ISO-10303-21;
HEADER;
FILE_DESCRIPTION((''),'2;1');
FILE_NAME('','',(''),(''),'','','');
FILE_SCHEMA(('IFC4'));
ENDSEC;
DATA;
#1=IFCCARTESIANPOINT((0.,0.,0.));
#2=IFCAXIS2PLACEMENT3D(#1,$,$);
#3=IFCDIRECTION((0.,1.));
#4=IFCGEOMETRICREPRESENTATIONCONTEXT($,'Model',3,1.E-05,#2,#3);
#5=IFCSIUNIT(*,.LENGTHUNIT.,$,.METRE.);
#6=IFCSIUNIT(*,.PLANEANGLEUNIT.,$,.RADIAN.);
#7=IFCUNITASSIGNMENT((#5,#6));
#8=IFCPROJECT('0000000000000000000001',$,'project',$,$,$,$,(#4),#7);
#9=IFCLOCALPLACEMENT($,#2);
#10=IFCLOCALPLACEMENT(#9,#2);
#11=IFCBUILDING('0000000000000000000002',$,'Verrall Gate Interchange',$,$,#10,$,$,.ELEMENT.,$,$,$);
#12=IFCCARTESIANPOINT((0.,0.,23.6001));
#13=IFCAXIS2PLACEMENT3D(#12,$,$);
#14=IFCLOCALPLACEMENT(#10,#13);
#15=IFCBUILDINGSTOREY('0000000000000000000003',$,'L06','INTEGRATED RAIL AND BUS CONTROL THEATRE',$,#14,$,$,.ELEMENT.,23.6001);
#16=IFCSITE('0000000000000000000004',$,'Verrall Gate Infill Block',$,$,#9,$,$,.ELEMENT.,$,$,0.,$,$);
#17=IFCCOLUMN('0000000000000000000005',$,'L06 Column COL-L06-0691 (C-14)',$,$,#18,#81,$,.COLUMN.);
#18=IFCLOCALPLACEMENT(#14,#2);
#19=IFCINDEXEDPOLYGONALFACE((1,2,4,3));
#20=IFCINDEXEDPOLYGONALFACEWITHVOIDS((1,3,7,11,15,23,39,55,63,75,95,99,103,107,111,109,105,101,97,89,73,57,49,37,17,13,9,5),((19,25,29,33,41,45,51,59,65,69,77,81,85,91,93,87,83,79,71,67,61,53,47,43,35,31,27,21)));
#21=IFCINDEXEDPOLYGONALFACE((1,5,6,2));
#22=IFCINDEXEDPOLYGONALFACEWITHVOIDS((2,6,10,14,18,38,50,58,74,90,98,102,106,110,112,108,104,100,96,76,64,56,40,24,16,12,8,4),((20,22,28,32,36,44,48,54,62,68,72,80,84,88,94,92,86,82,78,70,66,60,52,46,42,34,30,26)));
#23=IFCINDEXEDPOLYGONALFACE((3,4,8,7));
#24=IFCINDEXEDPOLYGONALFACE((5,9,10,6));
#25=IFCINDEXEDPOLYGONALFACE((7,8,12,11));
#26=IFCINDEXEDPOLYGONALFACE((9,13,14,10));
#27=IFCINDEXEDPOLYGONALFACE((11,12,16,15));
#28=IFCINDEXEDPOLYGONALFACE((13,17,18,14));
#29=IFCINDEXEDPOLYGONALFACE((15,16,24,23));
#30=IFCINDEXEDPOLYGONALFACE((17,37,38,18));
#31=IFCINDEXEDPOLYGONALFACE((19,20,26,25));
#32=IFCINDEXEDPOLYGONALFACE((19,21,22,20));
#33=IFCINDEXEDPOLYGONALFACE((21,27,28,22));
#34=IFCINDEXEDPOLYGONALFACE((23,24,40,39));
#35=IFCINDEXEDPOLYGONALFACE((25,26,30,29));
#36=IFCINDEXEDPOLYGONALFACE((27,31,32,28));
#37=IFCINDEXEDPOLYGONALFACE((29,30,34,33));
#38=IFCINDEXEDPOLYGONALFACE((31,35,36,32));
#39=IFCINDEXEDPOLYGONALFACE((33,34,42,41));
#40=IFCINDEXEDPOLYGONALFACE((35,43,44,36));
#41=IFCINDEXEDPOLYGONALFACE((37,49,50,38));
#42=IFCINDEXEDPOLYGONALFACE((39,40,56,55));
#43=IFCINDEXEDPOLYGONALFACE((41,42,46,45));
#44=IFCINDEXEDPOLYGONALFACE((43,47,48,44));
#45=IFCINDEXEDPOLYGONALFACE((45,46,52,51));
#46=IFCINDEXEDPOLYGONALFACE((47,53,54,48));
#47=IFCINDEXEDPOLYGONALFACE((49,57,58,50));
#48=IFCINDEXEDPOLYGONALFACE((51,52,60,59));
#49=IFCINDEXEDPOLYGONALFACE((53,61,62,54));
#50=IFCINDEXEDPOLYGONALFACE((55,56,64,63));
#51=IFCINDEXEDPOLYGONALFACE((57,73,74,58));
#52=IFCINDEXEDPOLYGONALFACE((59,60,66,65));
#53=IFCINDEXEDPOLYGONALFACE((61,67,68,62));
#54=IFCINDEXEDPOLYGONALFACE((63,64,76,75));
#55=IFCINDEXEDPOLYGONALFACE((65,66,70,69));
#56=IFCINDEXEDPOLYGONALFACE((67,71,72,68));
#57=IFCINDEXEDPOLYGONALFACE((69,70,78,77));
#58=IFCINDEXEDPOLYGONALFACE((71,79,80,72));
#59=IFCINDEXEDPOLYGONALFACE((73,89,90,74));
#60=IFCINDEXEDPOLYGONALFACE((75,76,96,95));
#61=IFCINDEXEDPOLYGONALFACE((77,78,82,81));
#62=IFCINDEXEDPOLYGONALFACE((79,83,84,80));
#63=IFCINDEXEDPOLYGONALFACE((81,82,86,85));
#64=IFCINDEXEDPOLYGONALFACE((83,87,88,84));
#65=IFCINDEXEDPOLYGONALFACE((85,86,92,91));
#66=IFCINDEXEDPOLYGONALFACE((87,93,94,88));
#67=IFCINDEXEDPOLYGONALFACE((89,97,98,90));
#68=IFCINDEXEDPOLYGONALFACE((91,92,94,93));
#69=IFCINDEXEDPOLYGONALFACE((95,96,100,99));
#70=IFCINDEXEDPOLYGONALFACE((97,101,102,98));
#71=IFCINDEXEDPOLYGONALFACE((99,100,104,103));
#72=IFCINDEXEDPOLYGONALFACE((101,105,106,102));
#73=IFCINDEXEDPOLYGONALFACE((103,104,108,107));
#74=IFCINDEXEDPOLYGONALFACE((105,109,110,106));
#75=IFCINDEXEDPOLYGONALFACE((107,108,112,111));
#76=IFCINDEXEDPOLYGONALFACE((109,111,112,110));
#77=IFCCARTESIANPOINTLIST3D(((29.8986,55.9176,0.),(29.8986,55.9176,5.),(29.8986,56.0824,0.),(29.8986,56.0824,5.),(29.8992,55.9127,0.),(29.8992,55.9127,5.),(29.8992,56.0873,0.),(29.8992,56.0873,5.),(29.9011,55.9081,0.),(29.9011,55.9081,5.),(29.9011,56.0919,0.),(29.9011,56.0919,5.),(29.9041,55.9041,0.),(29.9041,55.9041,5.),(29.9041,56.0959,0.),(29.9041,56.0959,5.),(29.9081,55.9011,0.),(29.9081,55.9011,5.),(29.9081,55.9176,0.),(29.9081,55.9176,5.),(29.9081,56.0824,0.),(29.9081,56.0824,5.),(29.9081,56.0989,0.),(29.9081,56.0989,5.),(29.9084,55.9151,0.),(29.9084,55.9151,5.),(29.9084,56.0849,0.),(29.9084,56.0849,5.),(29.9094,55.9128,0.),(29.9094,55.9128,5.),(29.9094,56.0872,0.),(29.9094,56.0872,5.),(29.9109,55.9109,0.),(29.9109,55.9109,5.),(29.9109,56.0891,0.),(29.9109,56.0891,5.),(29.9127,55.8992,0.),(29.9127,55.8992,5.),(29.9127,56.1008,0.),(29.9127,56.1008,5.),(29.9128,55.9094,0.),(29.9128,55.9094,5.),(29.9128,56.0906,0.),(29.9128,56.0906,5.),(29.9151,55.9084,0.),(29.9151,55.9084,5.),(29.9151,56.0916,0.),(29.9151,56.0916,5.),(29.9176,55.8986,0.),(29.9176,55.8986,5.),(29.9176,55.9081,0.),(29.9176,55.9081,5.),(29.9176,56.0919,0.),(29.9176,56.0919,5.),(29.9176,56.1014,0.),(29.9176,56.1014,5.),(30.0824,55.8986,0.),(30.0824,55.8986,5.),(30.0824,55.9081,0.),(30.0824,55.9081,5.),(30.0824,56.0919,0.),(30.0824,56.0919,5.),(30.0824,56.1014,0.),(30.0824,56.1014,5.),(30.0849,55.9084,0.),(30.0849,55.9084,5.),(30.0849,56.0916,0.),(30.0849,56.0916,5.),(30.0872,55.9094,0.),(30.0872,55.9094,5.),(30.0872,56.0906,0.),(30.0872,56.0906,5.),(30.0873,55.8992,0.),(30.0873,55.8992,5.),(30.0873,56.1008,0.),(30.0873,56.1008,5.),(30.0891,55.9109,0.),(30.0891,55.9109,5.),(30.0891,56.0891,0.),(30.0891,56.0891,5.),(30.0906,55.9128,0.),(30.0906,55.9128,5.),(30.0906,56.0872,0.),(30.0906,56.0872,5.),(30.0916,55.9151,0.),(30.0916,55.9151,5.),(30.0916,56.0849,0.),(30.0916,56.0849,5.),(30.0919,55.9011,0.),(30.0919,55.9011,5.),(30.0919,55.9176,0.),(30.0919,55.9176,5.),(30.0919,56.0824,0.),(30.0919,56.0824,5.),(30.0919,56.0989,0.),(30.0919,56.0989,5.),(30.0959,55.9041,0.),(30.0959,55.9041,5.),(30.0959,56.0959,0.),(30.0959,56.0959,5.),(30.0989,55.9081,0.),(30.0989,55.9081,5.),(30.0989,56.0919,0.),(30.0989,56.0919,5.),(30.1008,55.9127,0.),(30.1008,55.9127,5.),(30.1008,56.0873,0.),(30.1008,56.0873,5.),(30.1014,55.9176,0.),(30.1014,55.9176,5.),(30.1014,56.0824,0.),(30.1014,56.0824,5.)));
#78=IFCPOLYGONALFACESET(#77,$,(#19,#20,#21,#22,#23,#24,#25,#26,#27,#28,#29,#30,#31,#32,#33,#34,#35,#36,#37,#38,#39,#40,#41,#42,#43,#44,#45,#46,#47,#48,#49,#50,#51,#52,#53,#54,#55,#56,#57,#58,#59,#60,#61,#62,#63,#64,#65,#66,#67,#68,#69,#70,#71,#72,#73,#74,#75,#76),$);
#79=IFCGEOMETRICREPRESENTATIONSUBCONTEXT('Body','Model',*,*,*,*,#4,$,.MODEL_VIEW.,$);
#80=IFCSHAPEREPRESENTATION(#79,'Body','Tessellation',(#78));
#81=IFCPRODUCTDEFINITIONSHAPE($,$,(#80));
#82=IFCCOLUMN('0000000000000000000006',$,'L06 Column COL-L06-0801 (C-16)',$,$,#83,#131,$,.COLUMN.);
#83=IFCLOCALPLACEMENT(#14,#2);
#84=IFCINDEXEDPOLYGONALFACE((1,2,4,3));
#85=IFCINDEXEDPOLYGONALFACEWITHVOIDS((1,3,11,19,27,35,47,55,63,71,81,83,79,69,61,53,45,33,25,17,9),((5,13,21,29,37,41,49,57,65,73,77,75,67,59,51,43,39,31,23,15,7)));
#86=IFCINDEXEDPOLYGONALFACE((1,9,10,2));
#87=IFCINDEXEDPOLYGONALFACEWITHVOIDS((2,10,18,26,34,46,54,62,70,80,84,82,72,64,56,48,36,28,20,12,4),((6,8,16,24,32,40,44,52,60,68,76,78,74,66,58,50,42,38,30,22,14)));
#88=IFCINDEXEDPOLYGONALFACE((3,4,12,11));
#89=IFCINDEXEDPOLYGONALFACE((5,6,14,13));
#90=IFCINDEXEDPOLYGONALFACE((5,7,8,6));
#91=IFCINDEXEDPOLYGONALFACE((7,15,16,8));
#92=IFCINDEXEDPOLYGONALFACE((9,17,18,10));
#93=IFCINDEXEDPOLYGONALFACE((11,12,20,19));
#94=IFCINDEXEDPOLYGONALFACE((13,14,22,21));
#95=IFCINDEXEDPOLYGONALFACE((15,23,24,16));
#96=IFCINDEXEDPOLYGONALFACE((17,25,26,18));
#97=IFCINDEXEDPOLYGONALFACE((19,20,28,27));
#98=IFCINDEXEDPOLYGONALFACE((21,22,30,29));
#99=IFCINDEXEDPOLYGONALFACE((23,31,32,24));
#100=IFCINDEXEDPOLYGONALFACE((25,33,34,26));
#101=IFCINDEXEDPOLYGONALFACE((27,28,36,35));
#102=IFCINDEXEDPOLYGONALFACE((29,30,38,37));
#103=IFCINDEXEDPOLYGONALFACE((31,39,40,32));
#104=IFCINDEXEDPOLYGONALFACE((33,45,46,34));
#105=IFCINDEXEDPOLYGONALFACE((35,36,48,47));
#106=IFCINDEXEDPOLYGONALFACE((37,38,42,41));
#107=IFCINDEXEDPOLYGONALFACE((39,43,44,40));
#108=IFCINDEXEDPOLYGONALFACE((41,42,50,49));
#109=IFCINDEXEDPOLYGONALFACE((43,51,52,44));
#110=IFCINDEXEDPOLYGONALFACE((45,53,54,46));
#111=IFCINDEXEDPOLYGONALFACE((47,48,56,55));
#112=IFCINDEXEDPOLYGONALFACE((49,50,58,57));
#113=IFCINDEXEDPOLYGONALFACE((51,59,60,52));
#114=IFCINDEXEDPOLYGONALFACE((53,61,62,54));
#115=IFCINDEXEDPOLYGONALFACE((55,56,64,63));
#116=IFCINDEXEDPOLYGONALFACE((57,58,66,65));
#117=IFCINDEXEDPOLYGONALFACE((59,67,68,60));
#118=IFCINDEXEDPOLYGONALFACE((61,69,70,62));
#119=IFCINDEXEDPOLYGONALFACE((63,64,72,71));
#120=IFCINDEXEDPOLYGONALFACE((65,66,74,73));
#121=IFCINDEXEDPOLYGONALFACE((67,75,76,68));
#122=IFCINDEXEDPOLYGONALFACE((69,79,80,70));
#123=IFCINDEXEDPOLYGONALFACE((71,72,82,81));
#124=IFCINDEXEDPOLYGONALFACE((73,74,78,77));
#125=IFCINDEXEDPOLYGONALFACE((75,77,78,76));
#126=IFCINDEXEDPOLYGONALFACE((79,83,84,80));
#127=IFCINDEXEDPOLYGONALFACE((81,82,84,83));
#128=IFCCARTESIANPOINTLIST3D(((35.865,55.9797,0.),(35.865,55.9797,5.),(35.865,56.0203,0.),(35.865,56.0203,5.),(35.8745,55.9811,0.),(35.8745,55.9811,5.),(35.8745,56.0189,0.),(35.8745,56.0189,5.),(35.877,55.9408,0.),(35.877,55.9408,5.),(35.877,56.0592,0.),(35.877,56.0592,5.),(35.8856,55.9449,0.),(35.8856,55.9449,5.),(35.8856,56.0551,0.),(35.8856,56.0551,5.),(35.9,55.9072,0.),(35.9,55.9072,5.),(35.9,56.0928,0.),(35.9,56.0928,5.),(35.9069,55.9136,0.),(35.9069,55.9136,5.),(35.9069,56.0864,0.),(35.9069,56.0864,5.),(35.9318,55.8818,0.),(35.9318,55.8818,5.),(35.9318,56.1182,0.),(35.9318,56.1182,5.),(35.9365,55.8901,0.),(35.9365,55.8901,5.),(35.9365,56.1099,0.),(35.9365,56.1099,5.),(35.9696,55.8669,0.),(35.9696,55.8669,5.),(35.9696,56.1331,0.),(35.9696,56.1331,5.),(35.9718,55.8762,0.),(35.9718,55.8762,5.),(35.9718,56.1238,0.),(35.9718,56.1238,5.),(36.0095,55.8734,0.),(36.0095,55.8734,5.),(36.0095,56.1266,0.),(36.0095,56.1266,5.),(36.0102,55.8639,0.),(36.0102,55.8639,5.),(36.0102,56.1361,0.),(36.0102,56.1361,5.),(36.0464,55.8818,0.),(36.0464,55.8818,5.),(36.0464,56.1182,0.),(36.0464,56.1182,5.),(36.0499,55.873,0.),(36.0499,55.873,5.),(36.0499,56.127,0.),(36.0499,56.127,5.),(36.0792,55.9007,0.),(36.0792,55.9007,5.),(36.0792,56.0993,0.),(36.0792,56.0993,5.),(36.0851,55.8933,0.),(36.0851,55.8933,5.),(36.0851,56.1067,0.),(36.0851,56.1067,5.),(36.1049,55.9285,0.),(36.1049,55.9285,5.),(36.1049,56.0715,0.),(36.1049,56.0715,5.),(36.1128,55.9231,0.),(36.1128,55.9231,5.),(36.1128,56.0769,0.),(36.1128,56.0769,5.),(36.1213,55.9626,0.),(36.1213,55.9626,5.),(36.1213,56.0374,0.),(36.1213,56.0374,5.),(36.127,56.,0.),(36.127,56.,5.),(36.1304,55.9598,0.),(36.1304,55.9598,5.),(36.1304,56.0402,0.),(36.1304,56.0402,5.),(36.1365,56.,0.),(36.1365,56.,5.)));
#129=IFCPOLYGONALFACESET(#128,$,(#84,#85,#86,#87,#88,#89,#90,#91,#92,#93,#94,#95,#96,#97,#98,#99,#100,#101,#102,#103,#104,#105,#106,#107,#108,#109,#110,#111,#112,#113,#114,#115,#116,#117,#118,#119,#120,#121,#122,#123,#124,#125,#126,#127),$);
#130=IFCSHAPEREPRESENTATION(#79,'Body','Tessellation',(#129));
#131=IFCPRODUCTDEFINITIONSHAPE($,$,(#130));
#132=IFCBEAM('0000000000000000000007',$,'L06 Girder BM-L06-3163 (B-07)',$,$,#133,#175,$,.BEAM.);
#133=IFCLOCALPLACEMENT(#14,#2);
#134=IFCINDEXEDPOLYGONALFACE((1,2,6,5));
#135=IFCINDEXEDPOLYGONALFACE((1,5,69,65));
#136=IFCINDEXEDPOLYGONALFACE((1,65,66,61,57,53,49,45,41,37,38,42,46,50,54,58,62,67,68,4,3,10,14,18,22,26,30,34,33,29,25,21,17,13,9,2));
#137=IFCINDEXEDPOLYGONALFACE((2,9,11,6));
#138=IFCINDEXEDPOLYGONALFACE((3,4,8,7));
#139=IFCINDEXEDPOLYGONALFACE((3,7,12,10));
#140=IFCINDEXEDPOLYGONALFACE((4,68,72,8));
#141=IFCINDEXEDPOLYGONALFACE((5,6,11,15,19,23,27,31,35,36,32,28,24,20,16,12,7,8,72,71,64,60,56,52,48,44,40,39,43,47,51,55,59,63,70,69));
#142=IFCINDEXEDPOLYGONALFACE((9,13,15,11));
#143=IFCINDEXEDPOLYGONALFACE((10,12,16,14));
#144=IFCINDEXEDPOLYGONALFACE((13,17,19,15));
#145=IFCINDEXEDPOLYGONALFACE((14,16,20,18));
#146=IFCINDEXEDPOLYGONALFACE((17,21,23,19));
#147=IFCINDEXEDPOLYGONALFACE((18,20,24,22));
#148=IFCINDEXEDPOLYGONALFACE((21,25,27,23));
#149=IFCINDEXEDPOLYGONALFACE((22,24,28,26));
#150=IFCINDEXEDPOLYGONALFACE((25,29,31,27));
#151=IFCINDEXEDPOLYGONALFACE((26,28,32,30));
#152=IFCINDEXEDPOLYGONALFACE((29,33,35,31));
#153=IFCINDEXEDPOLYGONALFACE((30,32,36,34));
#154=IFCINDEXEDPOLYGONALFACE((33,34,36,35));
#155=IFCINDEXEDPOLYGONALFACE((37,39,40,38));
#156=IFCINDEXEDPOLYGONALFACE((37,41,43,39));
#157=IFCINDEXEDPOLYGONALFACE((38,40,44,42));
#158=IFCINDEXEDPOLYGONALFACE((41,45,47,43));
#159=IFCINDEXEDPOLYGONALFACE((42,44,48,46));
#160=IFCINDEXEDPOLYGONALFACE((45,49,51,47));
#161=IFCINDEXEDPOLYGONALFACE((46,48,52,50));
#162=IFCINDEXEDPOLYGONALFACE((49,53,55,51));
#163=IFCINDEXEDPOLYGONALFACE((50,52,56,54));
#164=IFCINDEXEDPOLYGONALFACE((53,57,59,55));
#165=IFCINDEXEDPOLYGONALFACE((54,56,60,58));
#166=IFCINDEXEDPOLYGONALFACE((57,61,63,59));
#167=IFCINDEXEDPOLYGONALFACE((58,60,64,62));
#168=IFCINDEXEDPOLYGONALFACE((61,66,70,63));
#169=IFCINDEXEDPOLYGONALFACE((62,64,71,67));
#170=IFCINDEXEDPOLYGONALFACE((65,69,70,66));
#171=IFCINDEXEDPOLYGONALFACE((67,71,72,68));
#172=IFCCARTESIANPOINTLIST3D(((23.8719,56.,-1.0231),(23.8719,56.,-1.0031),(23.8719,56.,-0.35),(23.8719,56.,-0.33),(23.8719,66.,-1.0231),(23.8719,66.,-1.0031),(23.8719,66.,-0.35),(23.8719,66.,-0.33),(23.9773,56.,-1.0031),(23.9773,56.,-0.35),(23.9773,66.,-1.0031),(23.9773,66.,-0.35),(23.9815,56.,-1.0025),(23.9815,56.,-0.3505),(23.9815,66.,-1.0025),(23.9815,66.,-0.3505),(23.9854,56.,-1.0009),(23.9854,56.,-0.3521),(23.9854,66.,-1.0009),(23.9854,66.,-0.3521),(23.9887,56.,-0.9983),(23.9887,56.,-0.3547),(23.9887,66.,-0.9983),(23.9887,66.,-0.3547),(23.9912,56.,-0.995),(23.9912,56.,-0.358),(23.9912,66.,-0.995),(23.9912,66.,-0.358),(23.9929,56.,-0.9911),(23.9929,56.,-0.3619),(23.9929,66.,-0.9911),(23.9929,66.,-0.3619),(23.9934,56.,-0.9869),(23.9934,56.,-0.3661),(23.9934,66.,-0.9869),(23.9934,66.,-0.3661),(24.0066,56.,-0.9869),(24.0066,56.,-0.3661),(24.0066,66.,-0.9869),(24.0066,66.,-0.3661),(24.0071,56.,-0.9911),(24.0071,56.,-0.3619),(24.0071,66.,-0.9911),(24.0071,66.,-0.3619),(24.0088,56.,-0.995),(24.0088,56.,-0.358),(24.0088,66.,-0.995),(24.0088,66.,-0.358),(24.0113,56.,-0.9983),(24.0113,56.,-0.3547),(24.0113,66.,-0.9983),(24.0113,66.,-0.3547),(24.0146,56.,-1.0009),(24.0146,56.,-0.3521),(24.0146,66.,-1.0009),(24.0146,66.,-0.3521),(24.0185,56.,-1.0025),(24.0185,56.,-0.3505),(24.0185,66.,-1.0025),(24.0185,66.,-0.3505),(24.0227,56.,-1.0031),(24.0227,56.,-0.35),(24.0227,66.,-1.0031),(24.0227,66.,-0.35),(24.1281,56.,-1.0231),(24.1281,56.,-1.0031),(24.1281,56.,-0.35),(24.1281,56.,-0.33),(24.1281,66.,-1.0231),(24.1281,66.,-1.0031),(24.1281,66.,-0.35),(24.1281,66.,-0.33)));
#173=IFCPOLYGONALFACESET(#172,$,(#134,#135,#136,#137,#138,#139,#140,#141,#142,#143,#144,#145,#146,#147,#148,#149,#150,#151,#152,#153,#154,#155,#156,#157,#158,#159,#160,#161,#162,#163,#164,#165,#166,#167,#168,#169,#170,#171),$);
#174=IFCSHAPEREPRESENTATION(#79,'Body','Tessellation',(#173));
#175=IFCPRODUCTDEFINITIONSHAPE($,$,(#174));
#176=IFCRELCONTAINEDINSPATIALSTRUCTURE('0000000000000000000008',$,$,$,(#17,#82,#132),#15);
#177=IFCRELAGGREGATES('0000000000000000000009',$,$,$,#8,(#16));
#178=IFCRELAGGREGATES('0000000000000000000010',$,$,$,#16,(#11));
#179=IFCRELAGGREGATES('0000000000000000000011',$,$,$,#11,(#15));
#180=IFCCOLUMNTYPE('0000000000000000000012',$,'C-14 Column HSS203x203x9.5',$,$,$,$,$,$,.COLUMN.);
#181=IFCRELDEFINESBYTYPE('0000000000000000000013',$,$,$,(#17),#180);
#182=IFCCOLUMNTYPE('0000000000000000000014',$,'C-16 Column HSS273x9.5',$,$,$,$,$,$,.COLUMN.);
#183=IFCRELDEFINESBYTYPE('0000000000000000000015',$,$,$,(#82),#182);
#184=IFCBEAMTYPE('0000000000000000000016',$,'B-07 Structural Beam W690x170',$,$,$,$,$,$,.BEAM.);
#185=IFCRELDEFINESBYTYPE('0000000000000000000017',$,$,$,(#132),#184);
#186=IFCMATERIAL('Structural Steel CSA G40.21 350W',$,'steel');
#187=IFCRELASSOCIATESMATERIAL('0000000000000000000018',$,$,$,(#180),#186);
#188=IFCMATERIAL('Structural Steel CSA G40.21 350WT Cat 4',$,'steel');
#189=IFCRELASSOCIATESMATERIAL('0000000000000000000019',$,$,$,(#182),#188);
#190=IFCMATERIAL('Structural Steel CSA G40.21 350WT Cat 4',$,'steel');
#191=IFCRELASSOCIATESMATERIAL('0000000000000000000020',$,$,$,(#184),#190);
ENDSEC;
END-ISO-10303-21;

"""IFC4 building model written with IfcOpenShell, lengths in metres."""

from ifc_helpers import new_model, si_unit, direction, frame, origin, origin_2d, place, context, subcontext, project, spatial, hollow_rectangle, hollow_circle, i_section, extrude, material, material_profile, profile_set, type_object, element, save


model = new_model("IFC4")

# Units and contexts
model_context = context("Model", 3, precision=1e-05, world=origin(), true_north=direction((0.0, 1.0)))
body_context = subcontext(model_context, "Body", "Model", "MODEL_VIEW")
ifc_project = project(units=[si_unit("LENGTHUNIT", "METRE"), si_unit("PLANEANGLEUNIT", "RADIAN")], contexts=[model_context])

# Site, building, storey
site_placement = place(None, origin())
site = spatial("IfcSite", under=ifc_project, at=site_placement, Name="Verrall Gate Infill Block", CompositionType="ELEMENT", RefElevation=0.0)
building_placement = place(site_placement, origin())
building = spatial("IfcBuilding", under=site, at=building_placement, Name="Verrall Gate Interchange", CompositionType="ELEMENT")
storey_placement = place(building_placement, frame((0.0, 0.0, 23.6001)))
storey = spatial("IfcBuildingStorey", under=building, at=storey_placement, Name="L06", Description="INTEGRATED RAIL AND BUS CONTROL THEATRE", CompositionType="ELEMENT", Elevation=23.6001)

# Columns
ifc_material_1 = material(Name="Structural Steel CSA G40.21 350W", Category="steel")
ifc_material_profile_1 = material_profile(ifc_material_1, hollow_rectangle(XDim=0.2029, YDim=0.2029, WallThickness=0.0095, InnerFilletRadius=0.0095, OuterFilletRadius=0.019, at=origin_2d()), Name="HSS203x203x9.5")
ifc_profile_set_1 = profile_set([ifc_material_profile_1], Name="Structural Steel CSA G40.21 350W")
column_type_1 = type_object("IfcColumnType", Name="C-14 Column HSS203x203x9.5", PredefinedType="COLUMN", material=ifc_profile_set_1)
column_1_placement = place(storey_placement, frame((30.0, 56.0, 0.0), z_axis=(0.0, 0.0, 1.0), x_axis=(1.0, 0.0, 0.0)))
element("IfcColumn", 1, at=column_1_placement, inside=storey, type_object=column_type_1, Name="L06 Column COL-L06-0691 (C-14)", PredefinedType="COLUMN", context=body_context, shape_type="SweptSolid", body=[
    extrude(hollow_rectangle(XDim=0.2029, YDim=0.2029, WallThickness=0.0095, InnerFilletRadius=0.0095, OuterFilletRadius=0.019, at=origin_2d()), origin(), (0.0, 0.0, 1.0), 5.0),
])
ifc_material_2 = material(Name="Structural Steel CSA G40.21 350WT Cat 4", Category="steel")
ifc_material_profile_2 = material_profile(ifc_material_2, hollow_circle(Radius=0.1365, WallThickness=0.0095, at=origin_2d()), Name="HSS273x9.5")
ifc_profile_set_2 = profile_set([ifc_material_profile_2], Name="Structural Steel CSA G40.21 350WT Cat 4")
column_type_2 = type_object("IfcColumnType", Name="C-16 Column HSS273x9.5", PredefinedType="COLUMN", material=ifc_profile_set_2)
column_2_placement = place(storey_placement, frame((36.0, 56.0, 0.0), z_axis=(0.0, 0.0, 1.0), x_axis=(1.0, 0.0, 0.0)))
element("IfcColumn", 2, at=column_2_placement, inside=storey, type_object=column_type_2, Name="L06 Column COL-L06-0801 (C-16)", PredefinedType="COLUMN", context=body_context, shape_type="SweptSolid", body=[
    extrude(hollow_circle(Radius=0.1365, WallThickness=0.0095, at=origin_2d()), origin(), (0.0, 0.0, 1.0), 5.0),
])

# Beam
ifc_material_3 = material(Name="Structural Steel CSA G40.21 350WT Cat 4", Category="steel")
ifc_material_profile_3 = material_profile(ifc_material_3, i_section(OverallWidth=0.2561, OverallDepth=0.6931, WebThickness=0.0132, FlangeThickness=0.02, FilletRadius=0.0161, at=origin_2d()), Name="W690x170")
ifc_profile_set_3 = profile_set([ifc_material_profile_3], Name="Structural Steel CSA G40.21 350WT Cat 4")
beam_type_1 = type_object("IfcBeamType", Name="B-07 Structural Beam W690x170", PredefinedType="BEAM", material=ifc_profile_set_3)
for number, where, z_axis, x_axis, name in (
    (3, (24.0, 56.0, -0.6765), (0.0, 1.0, 0.0), (-1.0, 0.0, 0.0), "L06 Girder BM-L06-3163 (B-07)"),
):
    element("IfcBeam", number, at=place(storey_placement, frame(where, z_axis=z_axis, x_axis=x_axis)), inside=storey, type_object=beam_type_1, Name=name, PredefinedType="BEAM", context=body_context, shape_type="SweptSolid", body=[
        extrude(i_section(OverallWidth=0.2561, OverallDepth=0.6931, WebThickness=0.0132, FlangeThickness=0.02, FilletRadius=0.0161, at=origin_2d()), origin(), (0.0, 0.0, 1.0), 10.0),
    ])

save(model, "model.ifc")
